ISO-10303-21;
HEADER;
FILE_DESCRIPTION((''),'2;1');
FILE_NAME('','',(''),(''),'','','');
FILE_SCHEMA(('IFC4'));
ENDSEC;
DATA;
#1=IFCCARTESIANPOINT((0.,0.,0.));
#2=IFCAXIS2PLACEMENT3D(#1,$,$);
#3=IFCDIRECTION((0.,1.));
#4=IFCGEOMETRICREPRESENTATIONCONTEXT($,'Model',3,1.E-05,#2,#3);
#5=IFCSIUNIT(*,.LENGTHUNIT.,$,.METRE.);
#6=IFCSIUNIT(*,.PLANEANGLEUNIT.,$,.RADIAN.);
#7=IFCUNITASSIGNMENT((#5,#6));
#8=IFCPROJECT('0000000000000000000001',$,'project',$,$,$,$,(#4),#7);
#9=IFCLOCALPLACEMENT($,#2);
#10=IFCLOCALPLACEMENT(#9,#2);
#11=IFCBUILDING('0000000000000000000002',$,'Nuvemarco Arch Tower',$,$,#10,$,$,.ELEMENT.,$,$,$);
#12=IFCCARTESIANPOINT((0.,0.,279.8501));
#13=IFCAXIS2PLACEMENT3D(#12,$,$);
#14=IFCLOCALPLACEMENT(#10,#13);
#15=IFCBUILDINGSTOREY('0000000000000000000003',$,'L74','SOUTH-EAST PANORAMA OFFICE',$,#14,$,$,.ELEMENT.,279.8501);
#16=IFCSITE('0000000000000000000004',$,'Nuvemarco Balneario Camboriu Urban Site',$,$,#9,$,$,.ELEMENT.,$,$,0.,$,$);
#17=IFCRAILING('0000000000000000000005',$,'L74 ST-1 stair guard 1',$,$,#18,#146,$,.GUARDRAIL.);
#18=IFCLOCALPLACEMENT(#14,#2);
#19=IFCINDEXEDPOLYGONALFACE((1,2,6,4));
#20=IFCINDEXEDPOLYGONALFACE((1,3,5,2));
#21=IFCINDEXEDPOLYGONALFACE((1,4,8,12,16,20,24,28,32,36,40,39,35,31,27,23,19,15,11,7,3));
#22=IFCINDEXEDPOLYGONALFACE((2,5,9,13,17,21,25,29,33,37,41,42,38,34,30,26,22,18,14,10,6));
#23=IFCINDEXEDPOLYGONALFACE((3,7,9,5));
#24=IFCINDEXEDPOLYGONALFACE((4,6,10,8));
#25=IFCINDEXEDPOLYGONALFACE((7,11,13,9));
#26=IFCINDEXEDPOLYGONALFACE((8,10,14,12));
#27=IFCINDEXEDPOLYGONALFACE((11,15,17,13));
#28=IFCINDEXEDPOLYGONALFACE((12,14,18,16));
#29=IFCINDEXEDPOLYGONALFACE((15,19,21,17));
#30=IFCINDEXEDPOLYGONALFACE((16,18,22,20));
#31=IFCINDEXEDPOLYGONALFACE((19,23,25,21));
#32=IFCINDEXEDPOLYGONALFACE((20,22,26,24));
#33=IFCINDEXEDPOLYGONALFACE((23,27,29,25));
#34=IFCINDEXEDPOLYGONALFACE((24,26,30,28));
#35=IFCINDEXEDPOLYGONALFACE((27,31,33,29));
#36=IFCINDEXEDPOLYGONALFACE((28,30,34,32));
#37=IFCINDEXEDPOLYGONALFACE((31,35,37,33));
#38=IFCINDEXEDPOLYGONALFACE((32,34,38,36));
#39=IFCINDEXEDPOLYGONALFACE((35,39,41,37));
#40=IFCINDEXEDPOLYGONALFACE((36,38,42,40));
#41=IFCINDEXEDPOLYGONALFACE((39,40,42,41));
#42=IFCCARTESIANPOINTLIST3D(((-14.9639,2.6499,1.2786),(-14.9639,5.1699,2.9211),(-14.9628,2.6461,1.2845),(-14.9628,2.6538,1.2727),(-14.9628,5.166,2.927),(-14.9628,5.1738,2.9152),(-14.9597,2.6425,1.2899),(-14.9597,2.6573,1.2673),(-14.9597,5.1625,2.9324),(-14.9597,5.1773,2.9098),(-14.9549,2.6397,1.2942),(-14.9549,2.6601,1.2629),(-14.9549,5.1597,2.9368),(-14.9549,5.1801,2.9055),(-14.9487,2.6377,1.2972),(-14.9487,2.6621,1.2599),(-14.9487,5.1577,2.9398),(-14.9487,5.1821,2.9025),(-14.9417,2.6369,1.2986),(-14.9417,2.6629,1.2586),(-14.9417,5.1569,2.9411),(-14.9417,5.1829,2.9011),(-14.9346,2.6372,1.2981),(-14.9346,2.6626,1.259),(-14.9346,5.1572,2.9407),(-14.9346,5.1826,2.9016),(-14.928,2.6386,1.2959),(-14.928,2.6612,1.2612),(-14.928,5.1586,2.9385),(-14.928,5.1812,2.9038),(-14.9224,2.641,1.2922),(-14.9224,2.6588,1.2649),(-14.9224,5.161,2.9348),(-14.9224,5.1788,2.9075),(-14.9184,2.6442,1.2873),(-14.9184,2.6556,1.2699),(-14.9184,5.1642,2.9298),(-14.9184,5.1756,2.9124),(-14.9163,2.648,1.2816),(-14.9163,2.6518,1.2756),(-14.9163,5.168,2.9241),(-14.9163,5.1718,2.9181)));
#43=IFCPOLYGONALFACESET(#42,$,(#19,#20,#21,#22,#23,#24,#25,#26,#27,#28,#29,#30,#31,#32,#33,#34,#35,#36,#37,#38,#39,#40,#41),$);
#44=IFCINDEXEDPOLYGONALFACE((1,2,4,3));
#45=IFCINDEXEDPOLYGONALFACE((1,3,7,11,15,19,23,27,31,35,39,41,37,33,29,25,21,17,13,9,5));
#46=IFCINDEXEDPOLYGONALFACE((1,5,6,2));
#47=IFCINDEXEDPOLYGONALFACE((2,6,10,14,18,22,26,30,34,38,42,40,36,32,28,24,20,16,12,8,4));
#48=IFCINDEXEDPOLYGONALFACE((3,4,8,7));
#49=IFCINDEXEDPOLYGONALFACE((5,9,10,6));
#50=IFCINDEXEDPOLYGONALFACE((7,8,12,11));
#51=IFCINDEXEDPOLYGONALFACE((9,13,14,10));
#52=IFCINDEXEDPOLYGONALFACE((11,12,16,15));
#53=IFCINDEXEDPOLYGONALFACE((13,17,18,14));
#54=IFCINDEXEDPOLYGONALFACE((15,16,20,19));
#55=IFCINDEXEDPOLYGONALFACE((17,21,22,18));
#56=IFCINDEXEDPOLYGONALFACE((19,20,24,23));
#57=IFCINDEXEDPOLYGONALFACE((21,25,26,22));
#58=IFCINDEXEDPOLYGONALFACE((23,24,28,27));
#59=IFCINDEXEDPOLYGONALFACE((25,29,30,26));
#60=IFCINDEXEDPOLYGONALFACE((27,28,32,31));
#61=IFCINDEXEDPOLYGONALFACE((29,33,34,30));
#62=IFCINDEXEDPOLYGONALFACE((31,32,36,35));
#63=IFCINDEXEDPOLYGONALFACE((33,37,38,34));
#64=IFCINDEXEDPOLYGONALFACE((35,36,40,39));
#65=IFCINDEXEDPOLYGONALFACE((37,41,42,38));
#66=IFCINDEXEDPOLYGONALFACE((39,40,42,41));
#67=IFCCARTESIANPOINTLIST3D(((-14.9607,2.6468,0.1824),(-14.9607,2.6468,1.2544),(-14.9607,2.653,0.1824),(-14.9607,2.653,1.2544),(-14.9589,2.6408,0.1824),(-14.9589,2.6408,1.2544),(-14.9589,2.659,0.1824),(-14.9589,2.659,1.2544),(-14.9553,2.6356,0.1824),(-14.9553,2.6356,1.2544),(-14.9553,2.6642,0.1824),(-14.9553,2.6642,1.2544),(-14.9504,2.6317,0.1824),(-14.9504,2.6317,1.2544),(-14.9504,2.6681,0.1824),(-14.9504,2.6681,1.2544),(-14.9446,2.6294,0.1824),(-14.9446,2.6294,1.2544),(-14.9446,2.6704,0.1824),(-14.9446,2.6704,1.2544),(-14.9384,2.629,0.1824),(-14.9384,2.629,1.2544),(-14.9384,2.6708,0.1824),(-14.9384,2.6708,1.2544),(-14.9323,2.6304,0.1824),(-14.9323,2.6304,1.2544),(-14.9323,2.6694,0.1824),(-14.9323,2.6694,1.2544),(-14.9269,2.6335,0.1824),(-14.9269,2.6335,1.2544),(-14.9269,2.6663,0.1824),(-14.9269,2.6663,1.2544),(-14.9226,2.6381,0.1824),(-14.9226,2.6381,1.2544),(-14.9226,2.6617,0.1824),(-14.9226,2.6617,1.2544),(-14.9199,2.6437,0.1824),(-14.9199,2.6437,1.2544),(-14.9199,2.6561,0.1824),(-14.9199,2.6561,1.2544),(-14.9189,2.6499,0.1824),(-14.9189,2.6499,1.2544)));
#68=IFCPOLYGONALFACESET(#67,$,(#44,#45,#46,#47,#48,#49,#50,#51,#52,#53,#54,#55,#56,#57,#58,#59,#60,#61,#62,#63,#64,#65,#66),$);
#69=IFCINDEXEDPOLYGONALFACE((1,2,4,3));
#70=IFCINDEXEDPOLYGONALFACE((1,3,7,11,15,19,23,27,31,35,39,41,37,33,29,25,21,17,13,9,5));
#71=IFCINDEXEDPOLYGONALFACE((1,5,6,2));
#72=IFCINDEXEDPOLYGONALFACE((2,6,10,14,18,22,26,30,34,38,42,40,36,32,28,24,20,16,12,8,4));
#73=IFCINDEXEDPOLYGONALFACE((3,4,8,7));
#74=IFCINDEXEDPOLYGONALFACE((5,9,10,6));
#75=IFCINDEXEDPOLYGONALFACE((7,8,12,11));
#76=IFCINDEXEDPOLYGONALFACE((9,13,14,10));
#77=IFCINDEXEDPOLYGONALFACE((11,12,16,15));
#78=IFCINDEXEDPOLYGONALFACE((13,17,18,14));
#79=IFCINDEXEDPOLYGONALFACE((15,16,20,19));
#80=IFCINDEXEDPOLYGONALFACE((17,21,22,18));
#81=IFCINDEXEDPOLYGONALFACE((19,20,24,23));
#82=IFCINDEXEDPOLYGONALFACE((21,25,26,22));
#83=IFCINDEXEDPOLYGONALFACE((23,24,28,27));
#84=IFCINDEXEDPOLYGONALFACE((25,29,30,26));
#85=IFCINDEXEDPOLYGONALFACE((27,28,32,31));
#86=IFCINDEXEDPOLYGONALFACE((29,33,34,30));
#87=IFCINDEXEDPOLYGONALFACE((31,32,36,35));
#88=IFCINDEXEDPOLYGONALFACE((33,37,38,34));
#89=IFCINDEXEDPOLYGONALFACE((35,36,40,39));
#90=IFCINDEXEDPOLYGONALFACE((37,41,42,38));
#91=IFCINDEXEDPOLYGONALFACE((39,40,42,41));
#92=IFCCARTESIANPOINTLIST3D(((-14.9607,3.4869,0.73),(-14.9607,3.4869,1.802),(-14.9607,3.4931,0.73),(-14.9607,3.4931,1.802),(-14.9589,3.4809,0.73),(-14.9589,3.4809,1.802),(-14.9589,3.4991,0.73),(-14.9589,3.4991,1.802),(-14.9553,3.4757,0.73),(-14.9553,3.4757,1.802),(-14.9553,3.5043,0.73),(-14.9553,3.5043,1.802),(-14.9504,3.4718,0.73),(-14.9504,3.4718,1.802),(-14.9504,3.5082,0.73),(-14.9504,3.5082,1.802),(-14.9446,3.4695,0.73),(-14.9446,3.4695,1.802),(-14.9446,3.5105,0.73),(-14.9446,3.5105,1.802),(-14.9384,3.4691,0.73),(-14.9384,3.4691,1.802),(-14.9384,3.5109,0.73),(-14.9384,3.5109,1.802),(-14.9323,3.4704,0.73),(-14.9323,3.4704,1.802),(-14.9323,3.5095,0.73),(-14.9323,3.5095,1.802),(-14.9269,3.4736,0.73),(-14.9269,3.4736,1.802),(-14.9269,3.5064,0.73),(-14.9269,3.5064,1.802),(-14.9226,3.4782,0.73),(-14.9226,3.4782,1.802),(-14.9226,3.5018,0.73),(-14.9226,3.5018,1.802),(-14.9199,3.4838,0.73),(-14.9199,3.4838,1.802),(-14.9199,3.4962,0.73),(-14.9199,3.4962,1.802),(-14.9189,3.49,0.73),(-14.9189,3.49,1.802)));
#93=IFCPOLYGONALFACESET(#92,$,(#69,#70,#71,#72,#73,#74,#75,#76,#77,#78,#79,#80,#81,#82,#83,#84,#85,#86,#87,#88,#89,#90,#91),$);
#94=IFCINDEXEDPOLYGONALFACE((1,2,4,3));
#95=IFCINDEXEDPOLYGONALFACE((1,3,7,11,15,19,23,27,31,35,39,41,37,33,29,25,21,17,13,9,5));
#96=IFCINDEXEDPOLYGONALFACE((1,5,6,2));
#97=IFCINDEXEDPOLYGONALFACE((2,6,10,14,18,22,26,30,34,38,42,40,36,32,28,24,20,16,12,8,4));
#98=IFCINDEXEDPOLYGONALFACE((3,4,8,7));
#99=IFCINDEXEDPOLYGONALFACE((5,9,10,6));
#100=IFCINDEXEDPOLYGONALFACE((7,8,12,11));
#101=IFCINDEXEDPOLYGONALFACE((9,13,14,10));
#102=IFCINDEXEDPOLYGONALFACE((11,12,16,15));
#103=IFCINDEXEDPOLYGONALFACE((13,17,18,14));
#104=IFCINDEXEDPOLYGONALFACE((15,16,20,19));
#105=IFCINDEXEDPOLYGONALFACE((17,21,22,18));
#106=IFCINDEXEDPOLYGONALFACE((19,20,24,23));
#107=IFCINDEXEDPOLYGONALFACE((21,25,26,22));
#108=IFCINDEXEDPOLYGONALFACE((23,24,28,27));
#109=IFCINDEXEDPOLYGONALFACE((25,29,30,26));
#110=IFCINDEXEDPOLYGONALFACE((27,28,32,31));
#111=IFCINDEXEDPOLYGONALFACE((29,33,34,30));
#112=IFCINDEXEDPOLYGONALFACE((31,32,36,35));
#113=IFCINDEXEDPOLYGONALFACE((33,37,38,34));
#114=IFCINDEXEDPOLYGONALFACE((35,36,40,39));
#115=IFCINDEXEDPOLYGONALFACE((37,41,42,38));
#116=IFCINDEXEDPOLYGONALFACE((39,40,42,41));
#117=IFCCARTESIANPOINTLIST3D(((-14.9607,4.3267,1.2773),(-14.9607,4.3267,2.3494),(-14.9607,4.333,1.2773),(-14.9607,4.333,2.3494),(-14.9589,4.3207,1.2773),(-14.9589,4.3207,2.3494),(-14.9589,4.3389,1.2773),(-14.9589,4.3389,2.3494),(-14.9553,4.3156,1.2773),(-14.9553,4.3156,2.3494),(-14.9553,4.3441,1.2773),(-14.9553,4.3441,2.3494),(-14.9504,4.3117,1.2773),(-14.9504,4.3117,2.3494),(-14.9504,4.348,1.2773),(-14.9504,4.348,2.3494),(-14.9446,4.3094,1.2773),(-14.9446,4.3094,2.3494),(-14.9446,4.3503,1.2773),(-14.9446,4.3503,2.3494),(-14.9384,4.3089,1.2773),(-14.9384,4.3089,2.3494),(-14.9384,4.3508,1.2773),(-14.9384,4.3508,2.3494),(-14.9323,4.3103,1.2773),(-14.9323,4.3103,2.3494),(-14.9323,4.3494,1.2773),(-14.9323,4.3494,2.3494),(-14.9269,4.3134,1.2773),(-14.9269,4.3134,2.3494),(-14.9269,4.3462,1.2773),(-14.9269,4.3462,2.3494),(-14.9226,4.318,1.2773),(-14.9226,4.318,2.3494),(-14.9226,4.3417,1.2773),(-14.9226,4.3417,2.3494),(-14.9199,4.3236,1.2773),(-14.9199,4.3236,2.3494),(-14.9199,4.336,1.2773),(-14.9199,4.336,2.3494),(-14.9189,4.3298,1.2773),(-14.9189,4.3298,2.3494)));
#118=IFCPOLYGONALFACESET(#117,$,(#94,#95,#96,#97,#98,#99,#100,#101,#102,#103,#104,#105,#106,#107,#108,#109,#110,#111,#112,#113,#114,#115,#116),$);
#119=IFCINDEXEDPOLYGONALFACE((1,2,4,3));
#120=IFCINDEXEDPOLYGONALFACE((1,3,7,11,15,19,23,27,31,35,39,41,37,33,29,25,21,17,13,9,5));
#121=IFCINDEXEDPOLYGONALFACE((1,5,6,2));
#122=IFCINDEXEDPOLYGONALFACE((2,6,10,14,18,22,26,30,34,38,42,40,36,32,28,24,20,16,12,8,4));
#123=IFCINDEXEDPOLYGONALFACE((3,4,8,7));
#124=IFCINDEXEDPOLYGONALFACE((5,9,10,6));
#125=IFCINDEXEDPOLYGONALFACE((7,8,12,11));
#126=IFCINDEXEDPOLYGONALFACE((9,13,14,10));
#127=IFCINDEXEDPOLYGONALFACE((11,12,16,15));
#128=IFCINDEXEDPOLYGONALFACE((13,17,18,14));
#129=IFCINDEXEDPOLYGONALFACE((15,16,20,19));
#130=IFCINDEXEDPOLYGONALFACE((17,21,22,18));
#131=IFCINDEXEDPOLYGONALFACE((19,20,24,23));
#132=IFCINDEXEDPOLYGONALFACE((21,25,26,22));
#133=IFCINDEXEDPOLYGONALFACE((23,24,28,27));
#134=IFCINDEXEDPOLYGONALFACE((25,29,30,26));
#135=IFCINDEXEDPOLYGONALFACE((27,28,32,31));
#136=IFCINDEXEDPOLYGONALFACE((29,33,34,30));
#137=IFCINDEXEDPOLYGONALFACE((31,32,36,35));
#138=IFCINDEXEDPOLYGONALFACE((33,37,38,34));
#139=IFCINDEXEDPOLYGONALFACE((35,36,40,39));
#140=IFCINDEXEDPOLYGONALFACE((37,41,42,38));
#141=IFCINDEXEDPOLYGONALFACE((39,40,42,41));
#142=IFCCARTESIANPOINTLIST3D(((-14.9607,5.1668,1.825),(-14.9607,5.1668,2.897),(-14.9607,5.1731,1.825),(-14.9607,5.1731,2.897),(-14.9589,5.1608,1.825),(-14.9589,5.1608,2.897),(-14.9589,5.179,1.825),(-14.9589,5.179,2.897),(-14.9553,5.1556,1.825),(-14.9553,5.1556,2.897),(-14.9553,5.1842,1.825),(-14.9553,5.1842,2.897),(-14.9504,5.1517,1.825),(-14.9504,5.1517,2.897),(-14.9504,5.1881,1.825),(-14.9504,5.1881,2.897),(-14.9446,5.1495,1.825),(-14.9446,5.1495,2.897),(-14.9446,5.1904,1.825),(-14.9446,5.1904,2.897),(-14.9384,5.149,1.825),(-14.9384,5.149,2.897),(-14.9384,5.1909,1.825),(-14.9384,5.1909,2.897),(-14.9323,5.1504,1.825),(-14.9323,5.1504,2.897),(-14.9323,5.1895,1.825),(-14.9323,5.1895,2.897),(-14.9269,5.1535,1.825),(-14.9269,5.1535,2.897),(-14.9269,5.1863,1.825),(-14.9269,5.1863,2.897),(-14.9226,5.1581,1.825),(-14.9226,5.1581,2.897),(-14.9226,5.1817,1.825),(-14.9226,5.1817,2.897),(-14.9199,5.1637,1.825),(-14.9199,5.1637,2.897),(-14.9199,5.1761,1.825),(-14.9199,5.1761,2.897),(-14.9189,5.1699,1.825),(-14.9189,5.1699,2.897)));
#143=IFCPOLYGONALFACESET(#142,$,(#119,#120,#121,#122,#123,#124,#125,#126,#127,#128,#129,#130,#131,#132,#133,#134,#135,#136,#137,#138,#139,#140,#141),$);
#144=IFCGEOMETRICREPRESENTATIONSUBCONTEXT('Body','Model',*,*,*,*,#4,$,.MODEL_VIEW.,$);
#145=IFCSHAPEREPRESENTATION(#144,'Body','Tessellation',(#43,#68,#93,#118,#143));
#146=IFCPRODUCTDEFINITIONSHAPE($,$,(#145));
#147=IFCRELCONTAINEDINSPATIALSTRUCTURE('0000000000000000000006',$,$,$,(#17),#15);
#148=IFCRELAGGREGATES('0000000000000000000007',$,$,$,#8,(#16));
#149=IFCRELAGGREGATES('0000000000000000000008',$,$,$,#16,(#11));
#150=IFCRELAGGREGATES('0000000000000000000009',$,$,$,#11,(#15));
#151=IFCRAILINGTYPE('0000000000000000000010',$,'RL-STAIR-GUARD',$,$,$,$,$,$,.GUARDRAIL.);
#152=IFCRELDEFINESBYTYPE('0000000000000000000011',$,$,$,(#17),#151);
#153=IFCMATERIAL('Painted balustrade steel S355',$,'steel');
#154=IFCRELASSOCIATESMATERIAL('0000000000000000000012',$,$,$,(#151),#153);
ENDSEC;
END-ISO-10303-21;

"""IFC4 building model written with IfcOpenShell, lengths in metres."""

from ifc_helpers import new_model, si_unit, direction, frame, origin, origin_2d, place, context, subcontext, project, spatial, circle, extrude, material, type_object, element, save


model = new_model("IFC4")

# Units and contexts
model_context = context("Model", 3, precision=1e-05, world=origin(), true_north=direction((0.0, 1.0)))
body_context = subcontext(model_context, "Body", "Model", "MODEL_VIEW")
ifc_project = project(units=[si_unit("LENGTHUNIT", "METRE"), si_unit("PLANEANGLEUNIT", "RADIAN")], contexts=[model_context])

# Site, building, storey
site_placement = place(None, origin())
site = spatial("IfcSite", under=ifc_project, at=site_placement, Name="Nuvemarco Balneario Camboriu Urban Site", CompositionType="ELEMENT", RefElevation=0.0)
building_placement = place(site_placement, origin())
building = spatial("IfcBuilding", under=site, at=building_placement, Name="Nuvemarco Arch Tower", CompositionType="ELEMENT")
storey_placement = place(building_placement, frame((0.0, 0.0, 279.8501)))
storey = spatial("IfcBuildingStorey", under=building, at=storey_placement, Name="L74", Description="SOUTH-EAST PANORAMA OFFICE", CompositionType="ELEMENT", Elevation=279.8501)

# Railing
ifc_material_1 = material(Name="Painted balustrade steel S355", Category="steel")
railing_type_1 = type_object("IfcRailingType", Name="RL-STAIR-GUARD", PredefinedType="GUARDRAIL", material=ifc_material_1)
railing_1_placement = place(storey_placement, frame((-14.9399, 2.6499, 0.1824)))
element("IfcRailing", 1, at=railing_1_placement, inside=storey, type_object=railing_type_1, Name="L74 ST-1 stair guard 1", PredefinedType="GUARDRAIL", context=body_context, shape_type="SweptSolid", body=[
    extrude(circle(Radius=0.0239, at=origin_2d()), frame((0.0, 0.0, 1.0962), z_axis=(0.0, 0.837749, 0.546055), x_axis=(-1.0, 0.0, 0.0)), (0.0, 0.0, 1.0), 3.0081),
    extrude(circle(Radius=0.021, at=origin_2d()), origin(), (0.0, 0.0, 1.0), 1.072),
    extrude(circle(Radius=0.021, at=origin_2d()), frame((0.0, 0.8401, 0.5476)), (0.0, 0.0, 1.0), 1.072),
    extrude(circle(Radius=0.021, at=origin_2d()), frame((0.0, 1.6799, 1.095)), (0.0, 0.0, 1.0), 1.072),
    extrude(circle(Radius=0.021, at=origin_2d()), frame((0.0, 2.52, 1.6426)), (0.0, 0.0, 1.0), 1.072),
])

save(model, "model.ifc")
